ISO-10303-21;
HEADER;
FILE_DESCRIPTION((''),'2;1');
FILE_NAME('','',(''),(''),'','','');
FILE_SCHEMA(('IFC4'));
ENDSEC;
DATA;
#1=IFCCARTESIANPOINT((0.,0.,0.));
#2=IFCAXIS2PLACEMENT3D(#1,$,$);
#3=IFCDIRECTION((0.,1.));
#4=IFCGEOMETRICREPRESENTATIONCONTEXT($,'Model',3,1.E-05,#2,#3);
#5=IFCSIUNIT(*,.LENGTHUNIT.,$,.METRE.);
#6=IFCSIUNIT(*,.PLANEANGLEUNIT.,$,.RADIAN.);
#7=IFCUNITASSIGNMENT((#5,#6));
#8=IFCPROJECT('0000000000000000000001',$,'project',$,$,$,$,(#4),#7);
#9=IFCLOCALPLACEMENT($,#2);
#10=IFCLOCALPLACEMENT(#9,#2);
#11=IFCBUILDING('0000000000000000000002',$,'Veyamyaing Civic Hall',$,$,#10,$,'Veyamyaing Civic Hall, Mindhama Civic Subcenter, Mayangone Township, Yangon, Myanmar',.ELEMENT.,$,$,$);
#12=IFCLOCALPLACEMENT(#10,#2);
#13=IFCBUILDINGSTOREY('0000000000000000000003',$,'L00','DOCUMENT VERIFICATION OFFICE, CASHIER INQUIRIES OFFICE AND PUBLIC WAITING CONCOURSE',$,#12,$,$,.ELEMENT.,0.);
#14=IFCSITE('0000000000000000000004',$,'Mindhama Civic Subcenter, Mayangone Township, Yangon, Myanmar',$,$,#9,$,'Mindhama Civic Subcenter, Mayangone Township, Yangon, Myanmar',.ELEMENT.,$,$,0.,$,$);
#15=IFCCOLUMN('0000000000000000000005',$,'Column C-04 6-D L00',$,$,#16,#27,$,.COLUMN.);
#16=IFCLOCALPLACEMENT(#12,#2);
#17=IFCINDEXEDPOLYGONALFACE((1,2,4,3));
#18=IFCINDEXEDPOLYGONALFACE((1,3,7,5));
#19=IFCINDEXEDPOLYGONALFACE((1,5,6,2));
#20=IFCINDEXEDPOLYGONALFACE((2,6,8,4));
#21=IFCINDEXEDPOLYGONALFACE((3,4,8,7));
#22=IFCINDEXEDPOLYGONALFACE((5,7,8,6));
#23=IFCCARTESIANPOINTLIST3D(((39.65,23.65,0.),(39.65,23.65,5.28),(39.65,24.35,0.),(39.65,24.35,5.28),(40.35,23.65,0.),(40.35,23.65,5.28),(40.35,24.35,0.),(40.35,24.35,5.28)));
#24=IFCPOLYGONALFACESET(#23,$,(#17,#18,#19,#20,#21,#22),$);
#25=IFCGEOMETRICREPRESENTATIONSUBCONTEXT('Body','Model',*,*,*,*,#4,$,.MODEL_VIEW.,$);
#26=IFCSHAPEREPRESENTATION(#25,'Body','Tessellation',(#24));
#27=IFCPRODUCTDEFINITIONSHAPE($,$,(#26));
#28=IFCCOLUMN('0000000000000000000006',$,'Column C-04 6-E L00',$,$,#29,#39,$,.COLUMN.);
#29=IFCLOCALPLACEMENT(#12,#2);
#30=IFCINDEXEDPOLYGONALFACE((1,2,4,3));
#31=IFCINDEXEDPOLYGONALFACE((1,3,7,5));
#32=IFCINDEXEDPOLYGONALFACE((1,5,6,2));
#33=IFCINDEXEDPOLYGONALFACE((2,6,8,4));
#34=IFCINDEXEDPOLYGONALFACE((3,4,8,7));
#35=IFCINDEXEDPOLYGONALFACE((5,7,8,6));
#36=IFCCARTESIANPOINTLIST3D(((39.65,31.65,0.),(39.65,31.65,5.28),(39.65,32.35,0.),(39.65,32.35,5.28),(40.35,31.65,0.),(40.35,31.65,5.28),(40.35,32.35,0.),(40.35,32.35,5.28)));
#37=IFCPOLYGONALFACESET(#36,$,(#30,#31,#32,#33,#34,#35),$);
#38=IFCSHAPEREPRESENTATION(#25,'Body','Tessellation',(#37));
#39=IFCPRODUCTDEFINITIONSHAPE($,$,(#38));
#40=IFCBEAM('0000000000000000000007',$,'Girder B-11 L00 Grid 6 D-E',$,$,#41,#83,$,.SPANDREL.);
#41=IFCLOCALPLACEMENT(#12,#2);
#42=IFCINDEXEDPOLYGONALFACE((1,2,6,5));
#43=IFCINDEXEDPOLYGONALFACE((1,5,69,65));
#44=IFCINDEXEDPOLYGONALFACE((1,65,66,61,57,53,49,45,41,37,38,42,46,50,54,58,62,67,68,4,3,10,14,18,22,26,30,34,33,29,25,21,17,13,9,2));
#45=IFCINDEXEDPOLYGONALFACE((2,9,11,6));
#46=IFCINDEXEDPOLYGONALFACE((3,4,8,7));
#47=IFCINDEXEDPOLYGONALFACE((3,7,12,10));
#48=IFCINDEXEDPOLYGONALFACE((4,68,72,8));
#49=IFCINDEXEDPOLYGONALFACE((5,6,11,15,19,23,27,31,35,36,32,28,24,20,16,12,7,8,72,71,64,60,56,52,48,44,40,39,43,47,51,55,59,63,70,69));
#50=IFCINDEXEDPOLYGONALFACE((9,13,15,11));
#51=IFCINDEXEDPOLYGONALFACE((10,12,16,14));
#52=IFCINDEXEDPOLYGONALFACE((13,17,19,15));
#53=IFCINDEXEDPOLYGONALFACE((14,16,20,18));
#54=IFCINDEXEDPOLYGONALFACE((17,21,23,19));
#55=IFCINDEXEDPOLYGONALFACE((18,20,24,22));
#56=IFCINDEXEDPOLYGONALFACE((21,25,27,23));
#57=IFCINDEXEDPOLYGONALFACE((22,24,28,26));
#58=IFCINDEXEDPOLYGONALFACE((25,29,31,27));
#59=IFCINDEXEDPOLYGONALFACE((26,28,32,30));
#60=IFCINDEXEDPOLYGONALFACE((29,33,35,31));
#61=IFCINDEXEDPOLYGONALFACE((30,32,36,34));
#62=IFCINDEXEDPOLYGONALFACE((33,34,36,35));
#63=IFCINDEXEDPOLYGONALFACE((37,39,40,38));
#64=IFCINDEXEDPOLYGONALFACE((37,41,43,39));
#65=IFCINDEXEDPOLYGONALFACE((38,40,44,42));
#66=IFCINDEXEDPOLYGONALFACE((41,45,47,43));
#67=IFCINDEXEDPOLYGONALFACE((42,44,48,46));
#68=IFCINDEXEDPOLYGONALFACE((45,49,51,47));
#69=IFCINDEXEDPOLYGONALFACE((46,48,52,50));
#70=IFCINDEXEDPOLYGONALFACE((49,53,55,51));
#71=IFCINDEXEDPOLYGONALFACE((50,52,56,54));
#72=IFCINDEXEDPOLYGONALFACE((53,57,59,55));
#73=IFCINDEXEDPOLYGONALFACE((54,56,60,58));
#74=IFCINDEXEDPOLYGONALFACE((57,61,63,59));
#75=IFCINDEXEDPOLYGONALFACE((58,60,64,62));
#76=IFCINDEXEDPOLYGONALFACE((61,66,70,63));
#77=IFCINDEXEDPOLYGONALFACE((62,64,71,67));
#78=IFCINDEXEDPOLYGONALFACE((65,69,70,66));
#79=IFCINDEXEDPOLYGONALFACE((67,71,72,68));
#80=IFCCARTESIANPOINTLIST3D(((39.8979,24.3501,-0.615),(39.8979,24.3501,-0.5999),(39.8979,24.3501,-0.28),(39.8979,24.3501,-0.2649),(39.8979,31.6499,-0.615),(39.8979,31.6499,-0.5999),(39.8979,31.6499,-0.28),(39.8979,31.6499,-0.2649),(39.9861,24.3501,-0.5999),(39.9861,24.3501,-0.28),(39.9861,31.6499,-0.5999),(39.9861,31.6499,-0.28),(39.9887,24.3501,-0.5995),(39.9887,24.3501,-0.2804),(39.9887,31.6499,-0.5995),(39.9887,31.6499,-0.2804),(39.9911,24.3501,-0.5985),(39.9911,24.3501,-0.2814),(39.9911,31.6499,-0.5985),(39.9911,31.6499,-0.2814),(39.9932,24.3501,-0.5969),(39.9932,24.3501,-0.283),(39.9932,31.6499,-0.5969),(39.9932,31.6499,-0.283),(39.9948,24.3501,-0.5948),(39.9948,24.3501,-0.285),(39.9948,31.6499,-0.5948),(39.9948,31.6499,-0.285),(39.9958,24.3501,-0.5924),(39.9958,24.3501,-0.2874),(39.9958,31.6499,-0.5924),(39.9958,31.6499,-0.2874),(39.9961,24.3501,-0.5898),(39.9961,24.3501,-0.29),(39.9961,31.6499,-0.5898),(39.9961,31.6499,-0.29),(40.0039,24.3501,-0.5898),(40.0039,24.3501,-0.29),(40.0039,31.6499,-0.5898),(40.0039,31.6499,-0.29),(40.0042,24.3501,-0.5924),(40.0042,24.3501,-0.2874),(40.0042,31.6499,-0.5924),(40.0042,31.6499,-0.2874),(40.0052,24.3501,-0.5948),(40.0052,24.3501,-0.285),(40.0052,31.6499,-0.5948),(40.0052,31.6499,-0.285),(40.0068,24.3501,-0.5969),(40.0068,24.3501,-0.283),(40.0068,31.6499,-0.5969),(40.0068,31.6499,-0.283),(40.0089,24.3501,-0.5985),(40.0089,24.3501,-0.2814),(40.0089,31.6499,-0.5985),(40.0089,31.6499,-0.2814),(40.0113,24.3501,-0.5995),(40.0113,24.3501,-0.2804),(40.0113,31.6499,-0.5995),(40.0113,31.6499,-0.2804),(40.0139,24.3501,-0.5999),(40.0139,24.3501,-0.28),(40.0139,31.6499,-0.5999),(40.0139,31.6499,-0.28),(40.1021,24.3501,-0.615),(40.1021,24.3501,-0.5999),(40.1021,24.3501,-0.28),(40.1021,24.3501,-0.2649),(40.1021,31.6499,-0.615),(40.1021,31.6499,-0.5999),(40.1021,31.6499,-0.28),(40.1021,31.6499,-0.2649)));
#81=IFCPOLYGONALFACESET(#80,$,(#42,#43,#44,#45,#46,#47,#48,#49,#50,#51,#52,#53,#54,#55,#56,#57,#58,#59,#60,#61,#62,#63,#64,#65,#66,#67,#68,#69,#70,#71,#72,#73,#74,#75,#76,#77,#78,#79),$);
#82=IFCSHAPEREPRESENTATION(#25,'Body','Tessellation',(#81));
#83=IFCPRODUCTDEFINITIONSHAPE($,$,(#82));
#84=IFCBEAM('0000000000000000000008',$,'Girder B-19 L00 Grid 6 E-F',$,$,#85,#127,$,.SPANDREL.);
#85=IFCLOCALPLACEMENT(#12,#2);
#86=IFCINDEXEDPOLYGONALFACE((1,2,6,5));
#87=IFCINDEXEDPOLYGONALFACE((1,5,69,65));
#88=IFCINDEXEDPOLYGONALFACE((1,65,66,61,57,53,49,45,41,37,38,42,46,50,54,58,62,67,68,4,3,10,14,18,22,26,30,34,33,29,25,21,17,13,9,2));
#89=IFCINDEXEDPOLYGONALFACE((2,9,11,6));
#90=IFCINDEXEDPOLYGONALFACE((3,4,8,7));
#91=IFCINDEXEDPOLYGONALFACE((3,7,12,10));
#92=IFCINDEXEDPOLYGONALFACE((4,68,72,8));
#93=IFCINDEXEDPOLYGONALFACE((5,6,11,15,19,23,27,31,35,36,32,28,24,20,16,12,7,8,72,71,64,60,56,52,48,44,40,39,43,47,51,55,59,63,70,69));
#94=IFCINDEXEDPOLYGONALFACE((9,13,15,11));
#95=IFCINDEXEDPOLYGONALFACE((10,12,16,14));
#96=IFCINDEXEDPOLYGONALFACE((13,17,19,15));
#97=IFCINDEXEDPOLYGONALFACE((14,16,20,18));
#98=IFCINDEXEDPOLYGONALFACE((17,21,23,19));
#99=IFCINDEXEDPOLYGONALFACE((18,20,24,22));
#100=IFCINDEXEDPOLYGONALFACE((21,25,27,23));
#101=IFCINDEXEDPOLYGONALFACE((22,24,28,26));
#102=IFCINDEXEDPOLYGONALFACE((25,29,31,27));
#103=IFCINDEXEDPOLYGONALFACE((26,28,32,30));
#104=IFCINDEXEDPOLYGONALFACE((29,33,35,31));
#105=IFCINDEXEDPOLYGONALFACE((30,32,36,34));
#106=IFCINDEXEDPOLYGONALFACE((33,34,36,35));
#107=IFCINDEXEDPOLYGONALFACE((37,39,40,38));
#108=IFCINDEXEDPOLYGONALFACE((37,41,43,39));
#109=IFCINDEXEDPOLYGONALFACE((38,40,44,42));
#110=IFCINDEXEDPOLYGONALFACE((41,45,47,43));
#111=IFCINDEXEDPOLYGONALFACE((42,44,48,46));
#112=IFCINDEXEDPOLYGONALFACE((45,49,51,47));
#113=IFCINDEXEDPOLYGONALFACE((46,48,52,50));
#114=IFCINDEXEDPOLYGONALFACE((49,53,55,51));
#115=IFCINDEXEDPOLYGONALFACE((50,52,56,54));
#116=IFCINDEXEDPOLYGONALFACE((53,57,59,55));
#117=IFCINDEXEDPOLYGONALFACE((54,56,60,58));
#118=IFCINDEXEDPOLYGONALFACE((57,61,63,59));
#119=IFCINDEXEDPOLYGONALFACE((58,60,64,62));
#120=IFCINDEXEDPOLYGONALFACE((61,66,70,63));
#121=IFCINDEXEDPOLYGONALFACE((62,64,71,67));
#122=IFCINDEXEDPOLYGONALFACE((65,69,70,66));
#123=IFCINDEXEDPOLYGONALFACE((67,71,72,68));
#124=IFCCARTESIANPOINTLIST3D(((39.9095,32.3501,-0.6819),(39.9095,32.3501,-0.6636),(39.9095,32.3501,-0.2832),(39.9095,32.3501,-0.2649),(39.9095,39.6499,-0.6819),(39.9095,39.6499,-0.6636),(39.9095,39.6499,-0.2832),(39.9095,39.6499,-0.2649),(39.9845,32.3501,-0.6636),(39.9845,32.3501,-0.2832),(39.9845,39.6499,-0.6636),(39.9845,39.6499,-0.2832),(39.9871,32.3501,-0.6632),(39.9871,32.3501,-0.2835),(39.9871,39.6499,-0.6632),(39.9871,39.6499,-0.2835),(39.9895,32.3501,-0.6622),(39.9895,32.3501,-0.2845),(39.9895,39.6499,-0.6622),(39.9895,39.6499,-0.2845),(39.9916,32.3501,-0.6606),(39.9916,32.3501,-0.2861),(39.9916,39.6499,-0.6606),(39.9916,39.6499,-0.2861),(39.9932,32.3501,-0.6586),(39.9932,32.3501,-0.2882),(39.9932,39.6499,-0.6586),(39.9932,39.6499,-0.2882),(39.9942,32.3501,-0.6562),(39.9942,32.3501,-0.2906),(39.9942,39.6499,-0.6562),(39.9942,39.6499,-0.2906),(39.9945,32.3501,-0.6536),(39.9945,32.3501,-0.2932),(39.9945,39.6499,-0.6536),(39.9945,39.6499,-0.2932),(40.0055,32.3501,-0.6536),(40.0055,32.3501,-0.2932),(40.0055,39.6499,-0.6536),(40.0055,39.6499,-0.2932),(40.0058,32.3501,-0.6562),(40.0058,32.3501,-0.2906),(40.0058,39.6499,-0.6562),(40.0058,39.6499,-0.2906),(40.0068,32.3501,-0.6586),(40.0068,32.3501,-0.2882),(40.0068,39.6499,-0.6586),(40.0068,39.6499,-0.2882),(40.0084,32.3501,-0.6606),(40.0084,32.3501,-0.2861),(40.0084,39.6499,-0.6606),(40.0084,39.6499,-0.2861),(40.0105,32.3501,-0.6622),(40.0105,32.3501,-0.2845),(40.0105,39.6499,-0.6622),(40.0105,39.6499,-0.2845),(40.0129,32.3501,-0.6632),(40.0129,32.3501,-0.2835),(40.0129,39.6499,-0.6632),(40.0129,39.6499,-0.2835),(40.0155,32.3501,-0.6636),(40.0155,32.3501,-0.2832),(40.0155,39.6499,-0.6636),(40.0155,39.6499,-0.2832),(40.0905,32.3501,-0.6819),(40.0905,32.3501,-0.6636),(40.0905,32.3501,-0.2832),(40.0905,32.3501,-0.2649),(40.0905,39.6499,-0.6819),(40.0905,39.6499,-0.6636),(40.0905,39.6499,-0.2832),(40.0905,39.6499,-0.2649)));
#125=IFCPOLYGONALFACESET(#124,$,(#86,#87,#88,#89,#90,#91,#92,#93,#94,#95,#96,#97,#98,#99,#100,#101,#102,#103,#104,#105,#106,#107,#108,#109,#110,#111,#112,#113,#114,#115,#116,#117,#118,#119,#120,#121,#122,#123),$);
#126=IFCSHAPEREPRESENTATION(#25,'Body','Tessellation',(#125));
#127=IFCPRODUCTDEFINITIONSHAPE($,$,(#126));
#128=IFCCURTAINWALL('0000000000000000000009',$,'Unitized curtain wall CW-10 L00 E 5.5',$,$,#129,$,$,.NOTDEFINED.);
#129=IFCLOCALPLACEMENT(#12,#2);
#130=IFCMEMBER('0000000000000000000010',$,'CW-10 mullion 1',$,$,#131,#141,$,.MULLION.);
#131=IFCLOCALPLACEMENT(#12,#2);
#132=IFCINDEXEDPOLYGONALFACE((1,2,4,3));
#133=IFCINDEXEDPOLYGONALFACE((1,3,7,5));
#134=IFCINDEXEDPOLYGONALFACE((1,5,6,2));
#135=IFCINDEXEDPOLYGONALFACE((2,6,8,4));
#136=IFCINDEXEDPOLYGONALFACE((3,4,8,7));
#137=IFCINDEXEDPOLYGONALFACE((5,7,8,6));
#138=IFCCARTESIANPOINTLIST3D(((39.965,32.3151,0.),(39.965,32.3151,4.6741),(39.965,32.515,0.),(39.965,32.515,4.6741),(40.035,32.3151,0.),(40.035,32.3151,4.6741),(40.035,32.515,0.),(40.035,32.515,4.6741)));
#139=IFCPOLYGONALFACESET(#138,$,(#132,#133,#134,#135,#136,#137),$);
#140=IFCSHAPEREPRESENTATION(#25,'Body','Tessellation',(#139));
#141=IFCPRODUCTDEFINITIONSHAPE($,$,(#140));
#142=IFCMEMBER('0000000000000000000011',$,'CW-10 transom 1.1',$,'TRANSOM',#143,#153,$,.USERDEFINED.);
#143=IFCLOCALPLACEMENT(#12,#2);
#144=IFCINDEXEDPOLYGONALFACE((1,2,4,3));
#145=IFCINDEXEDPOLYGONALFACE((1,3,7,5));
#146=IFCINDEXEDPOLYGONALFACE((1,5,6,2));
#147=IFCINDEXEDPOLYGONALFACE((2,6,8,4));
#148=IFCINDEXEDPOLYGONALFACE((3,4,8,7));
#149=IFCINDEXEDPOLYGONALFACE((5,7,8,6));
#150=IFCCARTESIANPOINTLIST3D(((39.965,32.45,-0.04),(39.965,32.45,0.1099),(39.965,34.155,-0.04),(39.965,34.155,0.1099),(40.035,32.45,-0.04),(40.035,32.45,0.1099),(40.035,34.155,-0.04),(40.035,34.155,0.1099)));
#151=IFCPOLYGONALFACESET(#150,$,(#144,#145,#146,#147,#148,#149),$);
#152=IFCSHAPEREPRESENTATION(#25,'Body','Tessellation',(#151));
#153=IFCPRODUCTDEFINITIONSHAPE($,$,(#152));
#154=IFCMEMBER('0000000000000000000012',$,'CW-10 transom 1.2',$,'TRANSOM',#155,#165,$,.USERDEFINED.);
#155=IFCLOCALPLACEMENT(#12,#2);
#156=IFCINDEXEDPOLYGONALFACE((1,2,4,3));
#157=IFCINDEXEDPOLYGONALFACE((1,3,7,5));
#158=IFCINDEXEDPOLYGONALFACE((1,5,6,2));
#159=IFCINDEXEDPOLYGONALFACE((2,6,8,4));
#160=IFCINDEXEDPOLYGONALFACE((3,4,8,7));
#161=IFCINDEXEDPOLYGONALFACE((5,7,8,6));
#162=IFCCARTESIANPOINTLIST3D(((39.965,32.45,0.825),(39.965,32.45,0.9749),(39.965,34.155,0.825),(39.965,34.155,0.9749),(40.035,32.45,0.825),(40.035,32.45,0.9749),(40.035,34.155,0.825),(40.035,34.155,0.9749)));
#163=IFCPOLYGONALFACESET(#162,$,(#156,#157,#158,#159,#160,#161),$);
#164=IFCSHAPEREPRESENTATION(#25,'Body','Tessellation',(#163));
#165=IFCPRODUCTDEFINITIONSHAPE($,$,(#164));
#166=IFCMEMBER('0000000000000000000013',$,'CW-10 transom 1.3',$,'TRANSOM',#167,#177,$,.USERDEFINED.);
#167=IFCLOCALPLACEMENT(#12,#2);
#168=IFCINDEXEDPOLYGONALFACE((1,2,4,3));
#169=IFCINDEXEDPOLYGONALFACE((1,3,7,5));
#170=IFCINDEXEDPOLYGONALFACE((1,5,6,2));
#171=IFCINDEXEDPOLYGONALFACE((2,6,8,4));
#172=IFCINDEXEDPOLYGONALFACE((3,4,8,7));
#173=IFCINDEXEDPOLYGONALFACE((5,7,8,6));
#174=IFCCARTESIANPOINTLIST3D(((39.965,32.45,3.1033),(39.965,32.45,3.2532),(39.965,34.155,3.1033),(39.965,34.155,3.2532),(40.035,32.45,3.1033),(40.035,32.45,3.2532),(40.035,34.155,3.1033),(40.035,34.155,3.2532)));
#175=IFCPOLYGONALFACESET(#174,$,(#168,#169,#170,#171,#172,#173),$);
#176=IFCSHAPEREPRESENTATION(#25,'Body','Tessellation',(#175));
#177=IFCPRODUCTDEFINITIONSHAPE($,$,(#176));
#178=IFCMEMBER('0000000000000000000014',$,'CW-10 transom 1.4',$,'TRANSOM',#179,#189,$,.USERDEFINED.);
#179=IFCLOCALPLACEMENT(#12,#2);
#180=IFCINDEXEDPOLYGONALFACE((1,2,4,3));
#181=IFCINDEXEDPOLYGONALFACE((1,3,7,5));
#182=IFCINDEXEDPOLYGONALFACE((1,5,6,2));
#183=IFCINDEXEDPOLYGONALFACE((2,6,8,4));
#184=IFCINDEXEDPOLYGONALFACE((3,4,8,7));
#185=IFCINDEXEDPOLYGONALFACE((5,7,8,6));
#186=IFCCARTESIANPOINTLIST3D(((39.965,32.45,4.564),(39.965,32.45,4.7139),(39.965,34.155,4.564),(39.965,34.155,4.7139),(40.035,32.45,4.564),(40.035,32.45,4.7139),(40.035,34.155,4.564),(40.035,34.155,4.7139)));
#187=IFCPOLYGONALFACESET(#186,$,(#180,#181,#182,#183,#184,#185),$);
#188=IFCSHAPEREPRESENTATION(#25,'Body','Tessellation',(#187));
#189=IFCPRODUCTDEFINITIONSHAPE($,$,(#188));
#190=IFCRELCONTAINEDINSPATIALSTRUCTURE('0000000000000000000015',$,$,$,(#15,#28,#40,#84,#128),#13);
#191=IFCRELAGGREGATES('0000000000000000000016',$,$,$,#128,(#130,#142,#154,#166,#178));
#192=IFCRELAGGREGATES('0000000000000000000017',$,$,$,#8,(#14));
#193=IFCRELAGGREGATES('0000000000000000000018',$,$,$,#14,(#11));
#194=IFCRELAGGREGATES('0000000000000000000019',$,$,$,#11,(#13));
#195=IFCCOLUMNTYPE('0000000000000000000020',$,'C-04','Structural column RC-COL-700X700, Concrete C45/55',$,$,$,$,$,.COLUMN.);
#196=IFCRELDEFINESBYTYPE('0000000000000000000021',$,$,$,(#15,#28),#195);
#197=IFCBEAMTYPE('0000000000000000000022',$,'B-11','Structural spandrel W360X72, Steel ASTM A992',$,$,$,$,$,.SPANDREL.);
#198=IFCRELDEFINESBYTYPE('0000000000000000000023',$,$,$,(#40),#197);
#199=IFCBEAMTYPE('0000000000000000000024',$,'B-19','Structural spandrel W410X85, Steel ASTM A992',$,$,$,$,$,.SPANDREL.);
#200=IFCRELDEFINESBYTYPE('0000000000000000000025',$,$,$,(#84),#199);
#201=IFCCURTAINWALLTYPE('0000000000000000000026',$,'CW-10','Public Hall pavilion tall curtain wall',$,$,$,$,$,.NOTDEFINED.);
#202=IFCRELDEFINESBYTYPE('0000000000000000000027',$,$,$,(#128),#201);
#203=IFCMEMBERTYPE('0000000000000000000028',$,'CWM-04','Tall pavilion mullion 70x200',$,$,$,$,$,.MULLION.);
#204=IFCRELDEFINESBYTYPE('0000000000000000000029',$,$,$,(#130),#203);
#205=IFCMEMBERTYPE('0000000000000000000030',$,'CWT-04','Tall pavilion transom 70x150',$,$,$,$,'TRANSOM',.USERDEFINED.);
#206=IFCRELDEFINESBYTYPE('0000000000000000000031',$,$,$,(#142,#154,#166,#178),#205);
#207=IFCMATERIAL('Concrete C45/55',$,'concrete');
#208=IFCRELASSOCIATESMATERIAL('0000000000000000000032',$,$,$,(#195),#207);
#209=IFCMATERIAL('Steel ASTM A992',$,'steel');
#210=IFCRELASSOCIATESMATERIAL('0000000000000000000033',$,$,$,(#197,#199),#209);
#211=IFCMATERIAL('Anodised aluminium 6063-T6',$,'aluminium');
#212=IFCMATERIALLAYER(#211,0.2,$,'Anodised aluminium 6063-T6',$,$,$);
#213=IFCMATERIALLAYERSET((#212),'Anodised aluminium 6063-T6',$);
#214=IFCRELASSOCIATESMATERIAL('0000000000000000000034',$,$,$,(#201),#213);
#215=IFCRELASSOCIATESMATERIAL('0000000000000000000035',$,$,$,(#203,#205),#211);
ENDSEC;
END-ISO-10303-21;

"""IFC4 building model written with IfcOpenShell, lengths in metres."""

from ifc_helpers import new_model, si_unit, direction, frame, origin, origin_2d, place, context, subcontext, project, spatial, rectangle, i_section, extrude, material, layer, layer_set, material_profile, profile_set, type_object, element, aggregate, save


model = new_model("IFC4")

# Units and contexts
model_context = context("Model", 3, precision=1e-05, world=origin(), true_north=direction((0.0, 1.0)))
body_context = subcontext(model_context, "Body", "Model", "MODEL_VIEW")
ifc_project = project(units=[si_unit("LENGTHUNIT", "METRE"), si_unit("PLANEANGLEUNIT", "RADIAN")], contexts=[model_context])

# Site, building, storey
site_placement = place(None, origin())
site = spatial("IfcSite", under=ifc_project, at=site_placement, Name="Mindhama Civic Subcenter, Mayangone Township, Yangon, Myanmar", LongName="Mindhama Civic Subcenter, Mayangone Township, Yangon, Myanmar", CompositionType="ELEMENT", RefElevation=0.0)
building_placement = place(site_placement, origin())
building = spatial("IfcBuilding", under=site, at=building_placement, Name="Veyamyaing Civic Hall", LongName="Veyamyaing Civic Hall, Mindhama Civic Subcenter, Mayangone Township, Yangon, Myanmar", CompositionType="ELEMENT")
storey_placement = place(building_placement, origin())
storey = spatial("IfcBuildingStorey", under=building, at=storey_placement, Name="L00", Description="DOCUMENT VERIFICATION OFFICE, CASHIER INQUIRIES OFFICE AND PUBLIC WAITING CONCOURSE", CompositionType="ELEMENT", Elevation=0.0)

# Columns
ifc_material_1 = material(Name="Concrete C45/55", Category="concrete")
ifc_material_profile_1 = material_profile(ifc_material_1, rectangle(XDim=0.7, YDim=0.7, at=origin_2d()), Name="RC-COL-700X700")
ifc_profile_set_1 = profile_set([ifc_material_profile_1], Name="Concrete C45/55")
column_type = type_object("IfcColumnType", Name="C-04", Description="Structural column RC-COL-700X700, Concrete C45/55", PredefinedType="COLUMN", material=ifc_profile_set_1)
for number, where, z_axis, x_axis, name in (
    (1, (40.0, 24.0, 0.0), (0.0, 0.0, 1.0), (1.0, 0.0, 0.0), "Column C-04 6-D L00"),
    (2, (40.0, 32.0, 0.0), (0.0, 0.0, 1.0), (1.0, 0.0, 0.0), "Column C-04 6-E L00"),
):
    element("IfcColumn", number, at=place(storey_placement, frame(where, z_axis=z_axis, x_axis=x_axis)), inside=storey, type_object=column_type, Name=name, PredefinedType="COLUMN", context=body_context, shape_type="SweptSolid", body=[
        extrude(rectangle(XDim=0.7, YDim=0.7, at=origin_2d()), origin(), (0.0, 0.0, 1.0), 5.28),
    ])

# Beams
ifc_material_2 = material(Name="Steel ASTM A992", Category="steel")
ifc_material_profile_2 = material_profile(ifc_material_2, i_section(OverallWidth=0.2041, OverallDepth=0.3501, WebThickness=0.0078, FlangeThickness=0.0151, FilletRadius=0.01, at=origin_2d()), Name="W360X72")
ifc_profile_set_2 = profile_set([ifc_material_profile_2], Name="Steel ASTM A992")
beam_type_1 = type_object("IfcBeamType", Name="B-11", Description="Structural spandrel W360X72, Steel ASTM A992", PredefinedType="SPANDREL", material=ifc_profile_set_2)
beam_1_placement = place(storey_placement, frame((40.0, 24.3501, -0.4399), z_axis=(0.0, 1.0, 0.0), x_axis=(-1.0, 0.0, 0.0)))
element("IfcBeam", 3, at=beam_1_placement, inside=storey, type_object=beam_type_1, Name="Girder B-11 L00 Grid 6 D-E", PredefinedType="SPANDREL", context=body_context, shape_type="SweptSolid", body=[
    extrude(i_section(OverallWidth=0.2041, OverallDepth=0.3501, WebThickness=0.0078, FlangeThickness=0.0151, FilletRadius=0.01, at=origin_2d()), origin(), (0.0, 0.0, 1.0), 7.2998),
])
ifc_material_profile_3 = material_profile(ifc_material_2, i_section(OverallWidth=0.1809, OverallDepth=0.417, WebThickness=0.011, FlangeThickness=0.0183, FilletRadius=0.01, at=origin_2d()), Name="W410X85")
ifc_profile_set_3 = profile_set([ifc_material_profile_3], Name="Steel ASTM A992")
beam_type_2 = type_object("IfcBeamType", Name="B-19", Description="Structural spandrel W410X85, Steel ASTM A992", PredefinedType="SPANDREL", material=ifc_profile_set_3)
beam_2_placement = place(storey_placement, frame((40.0, 32.3501, -0.4734), z_axis=(0.0, 1.0, 0.0), x_axis=(-1.0, 0.0, 0.0)))
element("IfcBeam", 4, at=beam_2_placement, inside=storey, type_object=beam_type_2, Name="Girder B-19 L00 Grid 6 E-F", PredefinedType="SPANDREL", context=body_context, shape_type="SweptSolid", body=[
    extrude(i_section(OverallWidth=0.1809, OverallDepth=0.417, WebThickness=0.011, FlangeThickness=0.0183, FilletRadius=0.01, at=origin_2d()), origin(), (0.0, 0.0, 1.0), 7.2998),
])

# Curtain wall, members
ifc_material_3 = material(Name="Anodised aluminium 6063-T6", Category="aluminium")
ifc_layer_1 = layer(ifc_material_3, 0.2, Name="Anodised aluminium 6063-T6")
ifc_layer_set_1 = layer_set([ifc_layer_1], Name="Anodised aluminium 6063-T6")
curtain_wall_type = type_object("IfcCurtainWallType", Name="CW-10", Description="Public Hall pavilion tall curtain wall", PredefinedType="NOTDEFINED", material=ifc_layer_set_1)
curtain_wall_placement = place(storey_placement, origin())
curtain_wall = element("IfcCurtainWall", 5, at=curtain_wall_placement, inside=storey, type_object=curtain_wall_type, Name="Unitized curtain wall CW-10 L00 E 5.5", PredefinedType="NOTDEFINED")
ifc_material_profile_4 = material_profile(ifc_material_3, rectangle(XDim=0.0701, YDim=0.2, at=origin_2d()), Name="ALU-MUL-70X200")
ifc_profile_set_4 = profile_set([ifc_material_profile_4], Name="Anodised aluminium 6063-T6")
member_type_1 = type_object("IfcMemberType", Name="CWM-04", Description="Tall pavilion mullion 70x200", PredefinedType="MULLION", material=ifc_profile_set_4)
member_1_placement = place(storey_placement, frame((40.0, 32.415, 0.0), z_axis=(0.0, 0.0, 1.0), x_axis=(-1.0, 0.0, 0.0)))
member_1 = element("IfcMember", 6, at=member_1_placement, type_object=member_type_1, Name="CW-10 mullion 1", PredefinedType="MULLION", context=body_context, shape_type="SweptSolid", body=[
    extrude(rectangle(XDim=0.0701, YDim=0.2, at=origin_2d()), origin(), (0.0, 0.0, 1.0), 4.6741),
])
ifc_material_profile_5 = material_profile(ifc_material_3, rectangle(XDim=0.0701, YDim=0.1499, at=origin_2d()), Name="ALU-TRN-70X150")
ifc_profile_set_5 = profile_set([ifc_material_profile_5], Name="Anodised aluminium 6063-T6")
member_type_2 = type_object("IfcMemberType", Name="CWT-04", Description="Tall pavilion transom 70x150", ElementType="TRANSOM", PredefinedType="USERDEFINED", material=ifc_profile_set_5)
member_2_placement = place(storey_placement, frame((40.0, 32.45, 0.0349), z_axis=(0.0, 1.0, 0.0), x_axis=(-1.0, 0.0, 0.0)))
member_2 = element("IfcMember", 7, at=member_2_placement, type_object=member_type_2, Name="CW-10 transom 1.1", ObjectType="TRANSOM", PredefinedType="USERDEFINED", context=body_context, shape_type="SweptSolid", body=[
    extrude(rectangle(XDim=0.0701, YDim=0.1499, at=origin_2d()), origin(), (0.0, 0.0, 1.0), 1.7051),
])
member_3_placement = place(storey_placement, frame((40.0, 32.45, 0.8999), z_axis=(0.0, 1.0, 0.0), x_axis=(-1.0, 0.0, 0.0)))
member_3 = element("IfcMember", 8, at=member_3_placement, type_object=member_type_2, Name="CW-10 transom 1.2", ObjectType="TRANSOM", PredefinedType="USERDEFINED", context=body_context, shape_type="SweptSolid", body=[
    extrude(rectangle(XDim=0.0701, YDim=0.1499, at=origin_2d()), origin(), (0.0, 0.0, 1.0), 1.7051),
])
member_4_placement = place(storey_placement, frame((40.0, 32.45, 3.1782), z_axis=(0.0, 1.0, 0.0), x_axis=(-1.0, 0.0, 0.0)))
member_4 = element("IfcMember", 9, at=member_4_placement, type_object=member_type_2, Name="CW-10 transom 1.3", ObjectType="TRANSOM", PredefinedType="USERDEFINED", context=body_context, shape_type="SweptSolid", body=[
    extrude(rectangle(XDim=0.0701, YDim=0.1499, at=origin_2d()), origin(), (0.0, 0.0, 1.0), 1.7051),
])
member_5_placement = place(storey_placement, frame((40.0, 32.45, 4.6389), z_axis=(0.0, 1.0, 0.0), x_axis=(-1.0, 0.0, 0.0)))
member_5 = element("IfcMember", 10, at=member_5_placement, type_object=member_type_2, Name="CW-10 transom 1.4", ObjectType="TRANSOM", PredefinedType="USERDEFINED", context=body_context, shape_type="SweptSolid", body=[
    extrude(rectangle(XDim=0.0701, YDim=0.1499, at=origin_2d()), origin(), (0.0, 0.0, 1.0), 1.7051),
])
aggregate(curtain_wall, [member_1, member_2, member_3, member_4, member_5])

save(model, "model.ifc")
